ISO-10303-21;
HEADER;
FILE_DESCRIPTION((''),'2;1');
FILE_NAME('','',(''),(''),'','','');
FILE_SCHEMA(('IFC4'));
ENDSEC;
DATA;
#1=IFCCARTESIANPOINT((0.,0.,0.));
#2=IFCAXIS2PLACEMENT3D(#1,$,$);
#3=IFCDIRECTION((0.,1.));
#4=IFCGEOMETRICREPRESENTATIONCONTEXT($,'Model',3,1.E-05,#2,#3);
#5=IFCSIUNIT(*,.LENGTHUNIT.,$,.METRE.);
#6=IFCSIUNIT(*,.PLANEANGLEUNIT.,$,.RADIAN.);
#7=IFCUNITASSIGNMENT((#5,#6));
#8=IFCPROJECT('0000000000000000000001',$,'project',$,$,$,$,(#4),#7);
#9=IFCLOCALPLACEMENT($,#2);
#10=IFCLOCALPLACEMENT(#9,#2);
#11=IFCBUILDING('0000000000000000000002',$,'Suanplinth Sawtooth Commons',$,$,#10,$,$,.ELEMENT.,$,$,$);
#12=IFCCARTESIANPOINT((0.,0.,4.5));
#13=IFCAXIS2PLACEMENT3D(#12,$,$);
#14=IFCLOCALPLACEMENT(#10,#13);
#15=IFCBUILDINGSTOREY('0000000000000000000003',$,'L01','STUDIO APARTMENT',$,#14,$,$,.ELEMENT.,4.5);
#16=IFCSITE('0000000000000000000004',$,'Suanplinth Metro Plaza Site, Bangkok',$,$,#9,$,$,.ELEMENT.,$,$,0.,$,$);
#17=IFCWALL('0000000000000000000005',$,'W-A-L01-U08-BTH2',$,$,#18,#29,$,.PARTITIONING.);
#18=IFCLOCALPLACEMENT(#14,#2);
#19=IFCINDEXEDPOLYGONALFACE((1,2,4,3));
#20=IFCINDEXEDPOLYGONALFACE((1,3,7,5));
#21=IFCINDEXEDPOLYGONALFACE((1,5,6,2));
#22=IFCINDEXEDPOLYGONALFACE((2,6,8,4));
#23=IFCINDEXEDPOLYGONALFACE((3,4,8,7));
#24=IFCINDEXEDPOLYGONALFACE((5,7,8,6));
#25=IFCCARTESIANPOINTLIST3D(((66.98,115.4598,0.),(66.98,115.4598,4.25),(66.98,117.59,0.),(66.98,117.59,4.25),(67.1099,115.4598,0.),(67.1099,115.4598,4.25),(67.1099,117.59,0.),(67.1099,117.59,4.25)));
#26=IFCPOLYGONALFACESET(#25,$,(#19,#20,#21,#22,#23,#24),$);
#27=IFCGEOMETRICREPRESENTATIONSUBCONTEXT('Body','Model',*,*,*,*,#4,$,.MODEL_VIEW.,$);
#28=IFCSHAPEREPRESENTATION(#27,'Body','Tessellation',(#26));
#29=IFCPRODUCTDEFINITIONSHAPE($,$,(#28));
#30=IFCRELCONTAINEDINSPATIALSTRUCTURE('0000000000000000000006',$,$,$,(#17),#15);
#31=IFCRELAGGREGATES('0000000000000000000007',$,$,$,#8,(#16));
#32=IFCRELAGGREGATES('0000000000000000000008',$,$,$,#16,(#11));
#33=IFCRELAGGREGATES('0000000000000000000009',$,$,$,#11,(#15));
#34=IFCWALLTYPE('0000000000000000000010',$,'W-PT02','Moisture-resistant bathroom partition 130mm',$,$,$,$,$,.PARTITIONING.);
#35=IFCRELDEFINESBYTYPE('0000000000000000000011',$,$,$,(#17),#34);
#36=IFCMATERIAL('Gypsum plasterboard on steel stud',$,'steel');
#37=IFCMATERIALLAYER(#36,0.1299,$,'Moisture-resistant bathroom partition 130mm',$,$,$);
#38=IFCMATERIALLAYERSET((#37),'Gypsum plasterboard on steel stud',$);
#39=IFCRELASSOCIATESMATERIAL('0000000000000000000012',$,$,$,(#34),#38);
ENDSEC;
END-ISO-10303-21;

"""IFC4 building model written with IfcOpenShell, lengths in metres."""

from ifc_helpers import new_model, si_unit, direction, frame, frame_2d, origin, place, context, subcontext, project, spatial, rectangle, extrude, material, layer, layer_set, type_object, element, save


model = new_model("IFC4")

# Units and contexts
model_context = context("Model", 3, precision=1e-05, world=origin(), true_north=direction((0.0, 1.0)))
body_context = subcontext(model_context, "Body", "Model", "MODEL_VIEW")
ifc_project = project(units=[si_unit("LENGTHUNIT", "METRE"), si_unit("PLANEANGLEUNIT", "RADIAN")], contexts=[model_context])

# Site, building, storey
site_placement = place(None, origin())
site = spatial("IfcSite", under=ifc_project, at=site_placement, Name="Suanplinth Metro Plaza Site, Bangkok", CompositionType="ELEMENT", RefElevation=0.0)
building_placement = place(site_placement, origin())
building = spatial("IfcBuilding", under=site, at=building_placement, Name="Suanplinth Sawtooth Commons", CompositionType="ELEMENT")
storey_placement = place(building_placement, frame((0.0, 0.0, 4.5)))
storey = spatial("IfcBuildingStorey", under=building, at=storey_placement, Name="L01", Description="STUDIO APARTMENT", CompositionType="ELEMENT", Elevation=4.5)

# Shared definitions
ifc_material_1 = material(Name="Gypsum plasterboard on steel stud", Category="steel")

# Shared definitions
ifc_layer_1 = layer(ifc_material_1, 0.1299, Name="Moisture-resistant bathroom partition 130mm")
ifc_layer_set_1 = layer_set([ifc_layer_1], Name="Gypsum plasterboard on steel stud")
wall_type_1 = type_object("IfcWallType", Name="W-PT02", Description="Moisture-resistant bathroom partition 130mm", PredefinedType="PARTITIONING", material=ifc_layer_set_1)

# Wall
wall_1_placement = place(storey_placement, frame((67.0449, 115.46, 0.0), z_axis=(0.0, 0.0, 1.0), x_axis=(0.0, 1.0, 0.0)))
element("IfcWall", 1, at=wall_1_placement, inside=storey, type_object=wall_type_1, Name="W-A-L01-U08-BTH2", PredefinedType="PARTITIONING", context=body_context, shape_type="SweptSolid", body=[
    extrude(rectangle(XDim=2.1301, YDim=0.1299, at=frame_2d((1.0649, 0.0))), origin(), (0.0, 0.0, 1.0), 4.25),
])

save(model, "model.ifc")
